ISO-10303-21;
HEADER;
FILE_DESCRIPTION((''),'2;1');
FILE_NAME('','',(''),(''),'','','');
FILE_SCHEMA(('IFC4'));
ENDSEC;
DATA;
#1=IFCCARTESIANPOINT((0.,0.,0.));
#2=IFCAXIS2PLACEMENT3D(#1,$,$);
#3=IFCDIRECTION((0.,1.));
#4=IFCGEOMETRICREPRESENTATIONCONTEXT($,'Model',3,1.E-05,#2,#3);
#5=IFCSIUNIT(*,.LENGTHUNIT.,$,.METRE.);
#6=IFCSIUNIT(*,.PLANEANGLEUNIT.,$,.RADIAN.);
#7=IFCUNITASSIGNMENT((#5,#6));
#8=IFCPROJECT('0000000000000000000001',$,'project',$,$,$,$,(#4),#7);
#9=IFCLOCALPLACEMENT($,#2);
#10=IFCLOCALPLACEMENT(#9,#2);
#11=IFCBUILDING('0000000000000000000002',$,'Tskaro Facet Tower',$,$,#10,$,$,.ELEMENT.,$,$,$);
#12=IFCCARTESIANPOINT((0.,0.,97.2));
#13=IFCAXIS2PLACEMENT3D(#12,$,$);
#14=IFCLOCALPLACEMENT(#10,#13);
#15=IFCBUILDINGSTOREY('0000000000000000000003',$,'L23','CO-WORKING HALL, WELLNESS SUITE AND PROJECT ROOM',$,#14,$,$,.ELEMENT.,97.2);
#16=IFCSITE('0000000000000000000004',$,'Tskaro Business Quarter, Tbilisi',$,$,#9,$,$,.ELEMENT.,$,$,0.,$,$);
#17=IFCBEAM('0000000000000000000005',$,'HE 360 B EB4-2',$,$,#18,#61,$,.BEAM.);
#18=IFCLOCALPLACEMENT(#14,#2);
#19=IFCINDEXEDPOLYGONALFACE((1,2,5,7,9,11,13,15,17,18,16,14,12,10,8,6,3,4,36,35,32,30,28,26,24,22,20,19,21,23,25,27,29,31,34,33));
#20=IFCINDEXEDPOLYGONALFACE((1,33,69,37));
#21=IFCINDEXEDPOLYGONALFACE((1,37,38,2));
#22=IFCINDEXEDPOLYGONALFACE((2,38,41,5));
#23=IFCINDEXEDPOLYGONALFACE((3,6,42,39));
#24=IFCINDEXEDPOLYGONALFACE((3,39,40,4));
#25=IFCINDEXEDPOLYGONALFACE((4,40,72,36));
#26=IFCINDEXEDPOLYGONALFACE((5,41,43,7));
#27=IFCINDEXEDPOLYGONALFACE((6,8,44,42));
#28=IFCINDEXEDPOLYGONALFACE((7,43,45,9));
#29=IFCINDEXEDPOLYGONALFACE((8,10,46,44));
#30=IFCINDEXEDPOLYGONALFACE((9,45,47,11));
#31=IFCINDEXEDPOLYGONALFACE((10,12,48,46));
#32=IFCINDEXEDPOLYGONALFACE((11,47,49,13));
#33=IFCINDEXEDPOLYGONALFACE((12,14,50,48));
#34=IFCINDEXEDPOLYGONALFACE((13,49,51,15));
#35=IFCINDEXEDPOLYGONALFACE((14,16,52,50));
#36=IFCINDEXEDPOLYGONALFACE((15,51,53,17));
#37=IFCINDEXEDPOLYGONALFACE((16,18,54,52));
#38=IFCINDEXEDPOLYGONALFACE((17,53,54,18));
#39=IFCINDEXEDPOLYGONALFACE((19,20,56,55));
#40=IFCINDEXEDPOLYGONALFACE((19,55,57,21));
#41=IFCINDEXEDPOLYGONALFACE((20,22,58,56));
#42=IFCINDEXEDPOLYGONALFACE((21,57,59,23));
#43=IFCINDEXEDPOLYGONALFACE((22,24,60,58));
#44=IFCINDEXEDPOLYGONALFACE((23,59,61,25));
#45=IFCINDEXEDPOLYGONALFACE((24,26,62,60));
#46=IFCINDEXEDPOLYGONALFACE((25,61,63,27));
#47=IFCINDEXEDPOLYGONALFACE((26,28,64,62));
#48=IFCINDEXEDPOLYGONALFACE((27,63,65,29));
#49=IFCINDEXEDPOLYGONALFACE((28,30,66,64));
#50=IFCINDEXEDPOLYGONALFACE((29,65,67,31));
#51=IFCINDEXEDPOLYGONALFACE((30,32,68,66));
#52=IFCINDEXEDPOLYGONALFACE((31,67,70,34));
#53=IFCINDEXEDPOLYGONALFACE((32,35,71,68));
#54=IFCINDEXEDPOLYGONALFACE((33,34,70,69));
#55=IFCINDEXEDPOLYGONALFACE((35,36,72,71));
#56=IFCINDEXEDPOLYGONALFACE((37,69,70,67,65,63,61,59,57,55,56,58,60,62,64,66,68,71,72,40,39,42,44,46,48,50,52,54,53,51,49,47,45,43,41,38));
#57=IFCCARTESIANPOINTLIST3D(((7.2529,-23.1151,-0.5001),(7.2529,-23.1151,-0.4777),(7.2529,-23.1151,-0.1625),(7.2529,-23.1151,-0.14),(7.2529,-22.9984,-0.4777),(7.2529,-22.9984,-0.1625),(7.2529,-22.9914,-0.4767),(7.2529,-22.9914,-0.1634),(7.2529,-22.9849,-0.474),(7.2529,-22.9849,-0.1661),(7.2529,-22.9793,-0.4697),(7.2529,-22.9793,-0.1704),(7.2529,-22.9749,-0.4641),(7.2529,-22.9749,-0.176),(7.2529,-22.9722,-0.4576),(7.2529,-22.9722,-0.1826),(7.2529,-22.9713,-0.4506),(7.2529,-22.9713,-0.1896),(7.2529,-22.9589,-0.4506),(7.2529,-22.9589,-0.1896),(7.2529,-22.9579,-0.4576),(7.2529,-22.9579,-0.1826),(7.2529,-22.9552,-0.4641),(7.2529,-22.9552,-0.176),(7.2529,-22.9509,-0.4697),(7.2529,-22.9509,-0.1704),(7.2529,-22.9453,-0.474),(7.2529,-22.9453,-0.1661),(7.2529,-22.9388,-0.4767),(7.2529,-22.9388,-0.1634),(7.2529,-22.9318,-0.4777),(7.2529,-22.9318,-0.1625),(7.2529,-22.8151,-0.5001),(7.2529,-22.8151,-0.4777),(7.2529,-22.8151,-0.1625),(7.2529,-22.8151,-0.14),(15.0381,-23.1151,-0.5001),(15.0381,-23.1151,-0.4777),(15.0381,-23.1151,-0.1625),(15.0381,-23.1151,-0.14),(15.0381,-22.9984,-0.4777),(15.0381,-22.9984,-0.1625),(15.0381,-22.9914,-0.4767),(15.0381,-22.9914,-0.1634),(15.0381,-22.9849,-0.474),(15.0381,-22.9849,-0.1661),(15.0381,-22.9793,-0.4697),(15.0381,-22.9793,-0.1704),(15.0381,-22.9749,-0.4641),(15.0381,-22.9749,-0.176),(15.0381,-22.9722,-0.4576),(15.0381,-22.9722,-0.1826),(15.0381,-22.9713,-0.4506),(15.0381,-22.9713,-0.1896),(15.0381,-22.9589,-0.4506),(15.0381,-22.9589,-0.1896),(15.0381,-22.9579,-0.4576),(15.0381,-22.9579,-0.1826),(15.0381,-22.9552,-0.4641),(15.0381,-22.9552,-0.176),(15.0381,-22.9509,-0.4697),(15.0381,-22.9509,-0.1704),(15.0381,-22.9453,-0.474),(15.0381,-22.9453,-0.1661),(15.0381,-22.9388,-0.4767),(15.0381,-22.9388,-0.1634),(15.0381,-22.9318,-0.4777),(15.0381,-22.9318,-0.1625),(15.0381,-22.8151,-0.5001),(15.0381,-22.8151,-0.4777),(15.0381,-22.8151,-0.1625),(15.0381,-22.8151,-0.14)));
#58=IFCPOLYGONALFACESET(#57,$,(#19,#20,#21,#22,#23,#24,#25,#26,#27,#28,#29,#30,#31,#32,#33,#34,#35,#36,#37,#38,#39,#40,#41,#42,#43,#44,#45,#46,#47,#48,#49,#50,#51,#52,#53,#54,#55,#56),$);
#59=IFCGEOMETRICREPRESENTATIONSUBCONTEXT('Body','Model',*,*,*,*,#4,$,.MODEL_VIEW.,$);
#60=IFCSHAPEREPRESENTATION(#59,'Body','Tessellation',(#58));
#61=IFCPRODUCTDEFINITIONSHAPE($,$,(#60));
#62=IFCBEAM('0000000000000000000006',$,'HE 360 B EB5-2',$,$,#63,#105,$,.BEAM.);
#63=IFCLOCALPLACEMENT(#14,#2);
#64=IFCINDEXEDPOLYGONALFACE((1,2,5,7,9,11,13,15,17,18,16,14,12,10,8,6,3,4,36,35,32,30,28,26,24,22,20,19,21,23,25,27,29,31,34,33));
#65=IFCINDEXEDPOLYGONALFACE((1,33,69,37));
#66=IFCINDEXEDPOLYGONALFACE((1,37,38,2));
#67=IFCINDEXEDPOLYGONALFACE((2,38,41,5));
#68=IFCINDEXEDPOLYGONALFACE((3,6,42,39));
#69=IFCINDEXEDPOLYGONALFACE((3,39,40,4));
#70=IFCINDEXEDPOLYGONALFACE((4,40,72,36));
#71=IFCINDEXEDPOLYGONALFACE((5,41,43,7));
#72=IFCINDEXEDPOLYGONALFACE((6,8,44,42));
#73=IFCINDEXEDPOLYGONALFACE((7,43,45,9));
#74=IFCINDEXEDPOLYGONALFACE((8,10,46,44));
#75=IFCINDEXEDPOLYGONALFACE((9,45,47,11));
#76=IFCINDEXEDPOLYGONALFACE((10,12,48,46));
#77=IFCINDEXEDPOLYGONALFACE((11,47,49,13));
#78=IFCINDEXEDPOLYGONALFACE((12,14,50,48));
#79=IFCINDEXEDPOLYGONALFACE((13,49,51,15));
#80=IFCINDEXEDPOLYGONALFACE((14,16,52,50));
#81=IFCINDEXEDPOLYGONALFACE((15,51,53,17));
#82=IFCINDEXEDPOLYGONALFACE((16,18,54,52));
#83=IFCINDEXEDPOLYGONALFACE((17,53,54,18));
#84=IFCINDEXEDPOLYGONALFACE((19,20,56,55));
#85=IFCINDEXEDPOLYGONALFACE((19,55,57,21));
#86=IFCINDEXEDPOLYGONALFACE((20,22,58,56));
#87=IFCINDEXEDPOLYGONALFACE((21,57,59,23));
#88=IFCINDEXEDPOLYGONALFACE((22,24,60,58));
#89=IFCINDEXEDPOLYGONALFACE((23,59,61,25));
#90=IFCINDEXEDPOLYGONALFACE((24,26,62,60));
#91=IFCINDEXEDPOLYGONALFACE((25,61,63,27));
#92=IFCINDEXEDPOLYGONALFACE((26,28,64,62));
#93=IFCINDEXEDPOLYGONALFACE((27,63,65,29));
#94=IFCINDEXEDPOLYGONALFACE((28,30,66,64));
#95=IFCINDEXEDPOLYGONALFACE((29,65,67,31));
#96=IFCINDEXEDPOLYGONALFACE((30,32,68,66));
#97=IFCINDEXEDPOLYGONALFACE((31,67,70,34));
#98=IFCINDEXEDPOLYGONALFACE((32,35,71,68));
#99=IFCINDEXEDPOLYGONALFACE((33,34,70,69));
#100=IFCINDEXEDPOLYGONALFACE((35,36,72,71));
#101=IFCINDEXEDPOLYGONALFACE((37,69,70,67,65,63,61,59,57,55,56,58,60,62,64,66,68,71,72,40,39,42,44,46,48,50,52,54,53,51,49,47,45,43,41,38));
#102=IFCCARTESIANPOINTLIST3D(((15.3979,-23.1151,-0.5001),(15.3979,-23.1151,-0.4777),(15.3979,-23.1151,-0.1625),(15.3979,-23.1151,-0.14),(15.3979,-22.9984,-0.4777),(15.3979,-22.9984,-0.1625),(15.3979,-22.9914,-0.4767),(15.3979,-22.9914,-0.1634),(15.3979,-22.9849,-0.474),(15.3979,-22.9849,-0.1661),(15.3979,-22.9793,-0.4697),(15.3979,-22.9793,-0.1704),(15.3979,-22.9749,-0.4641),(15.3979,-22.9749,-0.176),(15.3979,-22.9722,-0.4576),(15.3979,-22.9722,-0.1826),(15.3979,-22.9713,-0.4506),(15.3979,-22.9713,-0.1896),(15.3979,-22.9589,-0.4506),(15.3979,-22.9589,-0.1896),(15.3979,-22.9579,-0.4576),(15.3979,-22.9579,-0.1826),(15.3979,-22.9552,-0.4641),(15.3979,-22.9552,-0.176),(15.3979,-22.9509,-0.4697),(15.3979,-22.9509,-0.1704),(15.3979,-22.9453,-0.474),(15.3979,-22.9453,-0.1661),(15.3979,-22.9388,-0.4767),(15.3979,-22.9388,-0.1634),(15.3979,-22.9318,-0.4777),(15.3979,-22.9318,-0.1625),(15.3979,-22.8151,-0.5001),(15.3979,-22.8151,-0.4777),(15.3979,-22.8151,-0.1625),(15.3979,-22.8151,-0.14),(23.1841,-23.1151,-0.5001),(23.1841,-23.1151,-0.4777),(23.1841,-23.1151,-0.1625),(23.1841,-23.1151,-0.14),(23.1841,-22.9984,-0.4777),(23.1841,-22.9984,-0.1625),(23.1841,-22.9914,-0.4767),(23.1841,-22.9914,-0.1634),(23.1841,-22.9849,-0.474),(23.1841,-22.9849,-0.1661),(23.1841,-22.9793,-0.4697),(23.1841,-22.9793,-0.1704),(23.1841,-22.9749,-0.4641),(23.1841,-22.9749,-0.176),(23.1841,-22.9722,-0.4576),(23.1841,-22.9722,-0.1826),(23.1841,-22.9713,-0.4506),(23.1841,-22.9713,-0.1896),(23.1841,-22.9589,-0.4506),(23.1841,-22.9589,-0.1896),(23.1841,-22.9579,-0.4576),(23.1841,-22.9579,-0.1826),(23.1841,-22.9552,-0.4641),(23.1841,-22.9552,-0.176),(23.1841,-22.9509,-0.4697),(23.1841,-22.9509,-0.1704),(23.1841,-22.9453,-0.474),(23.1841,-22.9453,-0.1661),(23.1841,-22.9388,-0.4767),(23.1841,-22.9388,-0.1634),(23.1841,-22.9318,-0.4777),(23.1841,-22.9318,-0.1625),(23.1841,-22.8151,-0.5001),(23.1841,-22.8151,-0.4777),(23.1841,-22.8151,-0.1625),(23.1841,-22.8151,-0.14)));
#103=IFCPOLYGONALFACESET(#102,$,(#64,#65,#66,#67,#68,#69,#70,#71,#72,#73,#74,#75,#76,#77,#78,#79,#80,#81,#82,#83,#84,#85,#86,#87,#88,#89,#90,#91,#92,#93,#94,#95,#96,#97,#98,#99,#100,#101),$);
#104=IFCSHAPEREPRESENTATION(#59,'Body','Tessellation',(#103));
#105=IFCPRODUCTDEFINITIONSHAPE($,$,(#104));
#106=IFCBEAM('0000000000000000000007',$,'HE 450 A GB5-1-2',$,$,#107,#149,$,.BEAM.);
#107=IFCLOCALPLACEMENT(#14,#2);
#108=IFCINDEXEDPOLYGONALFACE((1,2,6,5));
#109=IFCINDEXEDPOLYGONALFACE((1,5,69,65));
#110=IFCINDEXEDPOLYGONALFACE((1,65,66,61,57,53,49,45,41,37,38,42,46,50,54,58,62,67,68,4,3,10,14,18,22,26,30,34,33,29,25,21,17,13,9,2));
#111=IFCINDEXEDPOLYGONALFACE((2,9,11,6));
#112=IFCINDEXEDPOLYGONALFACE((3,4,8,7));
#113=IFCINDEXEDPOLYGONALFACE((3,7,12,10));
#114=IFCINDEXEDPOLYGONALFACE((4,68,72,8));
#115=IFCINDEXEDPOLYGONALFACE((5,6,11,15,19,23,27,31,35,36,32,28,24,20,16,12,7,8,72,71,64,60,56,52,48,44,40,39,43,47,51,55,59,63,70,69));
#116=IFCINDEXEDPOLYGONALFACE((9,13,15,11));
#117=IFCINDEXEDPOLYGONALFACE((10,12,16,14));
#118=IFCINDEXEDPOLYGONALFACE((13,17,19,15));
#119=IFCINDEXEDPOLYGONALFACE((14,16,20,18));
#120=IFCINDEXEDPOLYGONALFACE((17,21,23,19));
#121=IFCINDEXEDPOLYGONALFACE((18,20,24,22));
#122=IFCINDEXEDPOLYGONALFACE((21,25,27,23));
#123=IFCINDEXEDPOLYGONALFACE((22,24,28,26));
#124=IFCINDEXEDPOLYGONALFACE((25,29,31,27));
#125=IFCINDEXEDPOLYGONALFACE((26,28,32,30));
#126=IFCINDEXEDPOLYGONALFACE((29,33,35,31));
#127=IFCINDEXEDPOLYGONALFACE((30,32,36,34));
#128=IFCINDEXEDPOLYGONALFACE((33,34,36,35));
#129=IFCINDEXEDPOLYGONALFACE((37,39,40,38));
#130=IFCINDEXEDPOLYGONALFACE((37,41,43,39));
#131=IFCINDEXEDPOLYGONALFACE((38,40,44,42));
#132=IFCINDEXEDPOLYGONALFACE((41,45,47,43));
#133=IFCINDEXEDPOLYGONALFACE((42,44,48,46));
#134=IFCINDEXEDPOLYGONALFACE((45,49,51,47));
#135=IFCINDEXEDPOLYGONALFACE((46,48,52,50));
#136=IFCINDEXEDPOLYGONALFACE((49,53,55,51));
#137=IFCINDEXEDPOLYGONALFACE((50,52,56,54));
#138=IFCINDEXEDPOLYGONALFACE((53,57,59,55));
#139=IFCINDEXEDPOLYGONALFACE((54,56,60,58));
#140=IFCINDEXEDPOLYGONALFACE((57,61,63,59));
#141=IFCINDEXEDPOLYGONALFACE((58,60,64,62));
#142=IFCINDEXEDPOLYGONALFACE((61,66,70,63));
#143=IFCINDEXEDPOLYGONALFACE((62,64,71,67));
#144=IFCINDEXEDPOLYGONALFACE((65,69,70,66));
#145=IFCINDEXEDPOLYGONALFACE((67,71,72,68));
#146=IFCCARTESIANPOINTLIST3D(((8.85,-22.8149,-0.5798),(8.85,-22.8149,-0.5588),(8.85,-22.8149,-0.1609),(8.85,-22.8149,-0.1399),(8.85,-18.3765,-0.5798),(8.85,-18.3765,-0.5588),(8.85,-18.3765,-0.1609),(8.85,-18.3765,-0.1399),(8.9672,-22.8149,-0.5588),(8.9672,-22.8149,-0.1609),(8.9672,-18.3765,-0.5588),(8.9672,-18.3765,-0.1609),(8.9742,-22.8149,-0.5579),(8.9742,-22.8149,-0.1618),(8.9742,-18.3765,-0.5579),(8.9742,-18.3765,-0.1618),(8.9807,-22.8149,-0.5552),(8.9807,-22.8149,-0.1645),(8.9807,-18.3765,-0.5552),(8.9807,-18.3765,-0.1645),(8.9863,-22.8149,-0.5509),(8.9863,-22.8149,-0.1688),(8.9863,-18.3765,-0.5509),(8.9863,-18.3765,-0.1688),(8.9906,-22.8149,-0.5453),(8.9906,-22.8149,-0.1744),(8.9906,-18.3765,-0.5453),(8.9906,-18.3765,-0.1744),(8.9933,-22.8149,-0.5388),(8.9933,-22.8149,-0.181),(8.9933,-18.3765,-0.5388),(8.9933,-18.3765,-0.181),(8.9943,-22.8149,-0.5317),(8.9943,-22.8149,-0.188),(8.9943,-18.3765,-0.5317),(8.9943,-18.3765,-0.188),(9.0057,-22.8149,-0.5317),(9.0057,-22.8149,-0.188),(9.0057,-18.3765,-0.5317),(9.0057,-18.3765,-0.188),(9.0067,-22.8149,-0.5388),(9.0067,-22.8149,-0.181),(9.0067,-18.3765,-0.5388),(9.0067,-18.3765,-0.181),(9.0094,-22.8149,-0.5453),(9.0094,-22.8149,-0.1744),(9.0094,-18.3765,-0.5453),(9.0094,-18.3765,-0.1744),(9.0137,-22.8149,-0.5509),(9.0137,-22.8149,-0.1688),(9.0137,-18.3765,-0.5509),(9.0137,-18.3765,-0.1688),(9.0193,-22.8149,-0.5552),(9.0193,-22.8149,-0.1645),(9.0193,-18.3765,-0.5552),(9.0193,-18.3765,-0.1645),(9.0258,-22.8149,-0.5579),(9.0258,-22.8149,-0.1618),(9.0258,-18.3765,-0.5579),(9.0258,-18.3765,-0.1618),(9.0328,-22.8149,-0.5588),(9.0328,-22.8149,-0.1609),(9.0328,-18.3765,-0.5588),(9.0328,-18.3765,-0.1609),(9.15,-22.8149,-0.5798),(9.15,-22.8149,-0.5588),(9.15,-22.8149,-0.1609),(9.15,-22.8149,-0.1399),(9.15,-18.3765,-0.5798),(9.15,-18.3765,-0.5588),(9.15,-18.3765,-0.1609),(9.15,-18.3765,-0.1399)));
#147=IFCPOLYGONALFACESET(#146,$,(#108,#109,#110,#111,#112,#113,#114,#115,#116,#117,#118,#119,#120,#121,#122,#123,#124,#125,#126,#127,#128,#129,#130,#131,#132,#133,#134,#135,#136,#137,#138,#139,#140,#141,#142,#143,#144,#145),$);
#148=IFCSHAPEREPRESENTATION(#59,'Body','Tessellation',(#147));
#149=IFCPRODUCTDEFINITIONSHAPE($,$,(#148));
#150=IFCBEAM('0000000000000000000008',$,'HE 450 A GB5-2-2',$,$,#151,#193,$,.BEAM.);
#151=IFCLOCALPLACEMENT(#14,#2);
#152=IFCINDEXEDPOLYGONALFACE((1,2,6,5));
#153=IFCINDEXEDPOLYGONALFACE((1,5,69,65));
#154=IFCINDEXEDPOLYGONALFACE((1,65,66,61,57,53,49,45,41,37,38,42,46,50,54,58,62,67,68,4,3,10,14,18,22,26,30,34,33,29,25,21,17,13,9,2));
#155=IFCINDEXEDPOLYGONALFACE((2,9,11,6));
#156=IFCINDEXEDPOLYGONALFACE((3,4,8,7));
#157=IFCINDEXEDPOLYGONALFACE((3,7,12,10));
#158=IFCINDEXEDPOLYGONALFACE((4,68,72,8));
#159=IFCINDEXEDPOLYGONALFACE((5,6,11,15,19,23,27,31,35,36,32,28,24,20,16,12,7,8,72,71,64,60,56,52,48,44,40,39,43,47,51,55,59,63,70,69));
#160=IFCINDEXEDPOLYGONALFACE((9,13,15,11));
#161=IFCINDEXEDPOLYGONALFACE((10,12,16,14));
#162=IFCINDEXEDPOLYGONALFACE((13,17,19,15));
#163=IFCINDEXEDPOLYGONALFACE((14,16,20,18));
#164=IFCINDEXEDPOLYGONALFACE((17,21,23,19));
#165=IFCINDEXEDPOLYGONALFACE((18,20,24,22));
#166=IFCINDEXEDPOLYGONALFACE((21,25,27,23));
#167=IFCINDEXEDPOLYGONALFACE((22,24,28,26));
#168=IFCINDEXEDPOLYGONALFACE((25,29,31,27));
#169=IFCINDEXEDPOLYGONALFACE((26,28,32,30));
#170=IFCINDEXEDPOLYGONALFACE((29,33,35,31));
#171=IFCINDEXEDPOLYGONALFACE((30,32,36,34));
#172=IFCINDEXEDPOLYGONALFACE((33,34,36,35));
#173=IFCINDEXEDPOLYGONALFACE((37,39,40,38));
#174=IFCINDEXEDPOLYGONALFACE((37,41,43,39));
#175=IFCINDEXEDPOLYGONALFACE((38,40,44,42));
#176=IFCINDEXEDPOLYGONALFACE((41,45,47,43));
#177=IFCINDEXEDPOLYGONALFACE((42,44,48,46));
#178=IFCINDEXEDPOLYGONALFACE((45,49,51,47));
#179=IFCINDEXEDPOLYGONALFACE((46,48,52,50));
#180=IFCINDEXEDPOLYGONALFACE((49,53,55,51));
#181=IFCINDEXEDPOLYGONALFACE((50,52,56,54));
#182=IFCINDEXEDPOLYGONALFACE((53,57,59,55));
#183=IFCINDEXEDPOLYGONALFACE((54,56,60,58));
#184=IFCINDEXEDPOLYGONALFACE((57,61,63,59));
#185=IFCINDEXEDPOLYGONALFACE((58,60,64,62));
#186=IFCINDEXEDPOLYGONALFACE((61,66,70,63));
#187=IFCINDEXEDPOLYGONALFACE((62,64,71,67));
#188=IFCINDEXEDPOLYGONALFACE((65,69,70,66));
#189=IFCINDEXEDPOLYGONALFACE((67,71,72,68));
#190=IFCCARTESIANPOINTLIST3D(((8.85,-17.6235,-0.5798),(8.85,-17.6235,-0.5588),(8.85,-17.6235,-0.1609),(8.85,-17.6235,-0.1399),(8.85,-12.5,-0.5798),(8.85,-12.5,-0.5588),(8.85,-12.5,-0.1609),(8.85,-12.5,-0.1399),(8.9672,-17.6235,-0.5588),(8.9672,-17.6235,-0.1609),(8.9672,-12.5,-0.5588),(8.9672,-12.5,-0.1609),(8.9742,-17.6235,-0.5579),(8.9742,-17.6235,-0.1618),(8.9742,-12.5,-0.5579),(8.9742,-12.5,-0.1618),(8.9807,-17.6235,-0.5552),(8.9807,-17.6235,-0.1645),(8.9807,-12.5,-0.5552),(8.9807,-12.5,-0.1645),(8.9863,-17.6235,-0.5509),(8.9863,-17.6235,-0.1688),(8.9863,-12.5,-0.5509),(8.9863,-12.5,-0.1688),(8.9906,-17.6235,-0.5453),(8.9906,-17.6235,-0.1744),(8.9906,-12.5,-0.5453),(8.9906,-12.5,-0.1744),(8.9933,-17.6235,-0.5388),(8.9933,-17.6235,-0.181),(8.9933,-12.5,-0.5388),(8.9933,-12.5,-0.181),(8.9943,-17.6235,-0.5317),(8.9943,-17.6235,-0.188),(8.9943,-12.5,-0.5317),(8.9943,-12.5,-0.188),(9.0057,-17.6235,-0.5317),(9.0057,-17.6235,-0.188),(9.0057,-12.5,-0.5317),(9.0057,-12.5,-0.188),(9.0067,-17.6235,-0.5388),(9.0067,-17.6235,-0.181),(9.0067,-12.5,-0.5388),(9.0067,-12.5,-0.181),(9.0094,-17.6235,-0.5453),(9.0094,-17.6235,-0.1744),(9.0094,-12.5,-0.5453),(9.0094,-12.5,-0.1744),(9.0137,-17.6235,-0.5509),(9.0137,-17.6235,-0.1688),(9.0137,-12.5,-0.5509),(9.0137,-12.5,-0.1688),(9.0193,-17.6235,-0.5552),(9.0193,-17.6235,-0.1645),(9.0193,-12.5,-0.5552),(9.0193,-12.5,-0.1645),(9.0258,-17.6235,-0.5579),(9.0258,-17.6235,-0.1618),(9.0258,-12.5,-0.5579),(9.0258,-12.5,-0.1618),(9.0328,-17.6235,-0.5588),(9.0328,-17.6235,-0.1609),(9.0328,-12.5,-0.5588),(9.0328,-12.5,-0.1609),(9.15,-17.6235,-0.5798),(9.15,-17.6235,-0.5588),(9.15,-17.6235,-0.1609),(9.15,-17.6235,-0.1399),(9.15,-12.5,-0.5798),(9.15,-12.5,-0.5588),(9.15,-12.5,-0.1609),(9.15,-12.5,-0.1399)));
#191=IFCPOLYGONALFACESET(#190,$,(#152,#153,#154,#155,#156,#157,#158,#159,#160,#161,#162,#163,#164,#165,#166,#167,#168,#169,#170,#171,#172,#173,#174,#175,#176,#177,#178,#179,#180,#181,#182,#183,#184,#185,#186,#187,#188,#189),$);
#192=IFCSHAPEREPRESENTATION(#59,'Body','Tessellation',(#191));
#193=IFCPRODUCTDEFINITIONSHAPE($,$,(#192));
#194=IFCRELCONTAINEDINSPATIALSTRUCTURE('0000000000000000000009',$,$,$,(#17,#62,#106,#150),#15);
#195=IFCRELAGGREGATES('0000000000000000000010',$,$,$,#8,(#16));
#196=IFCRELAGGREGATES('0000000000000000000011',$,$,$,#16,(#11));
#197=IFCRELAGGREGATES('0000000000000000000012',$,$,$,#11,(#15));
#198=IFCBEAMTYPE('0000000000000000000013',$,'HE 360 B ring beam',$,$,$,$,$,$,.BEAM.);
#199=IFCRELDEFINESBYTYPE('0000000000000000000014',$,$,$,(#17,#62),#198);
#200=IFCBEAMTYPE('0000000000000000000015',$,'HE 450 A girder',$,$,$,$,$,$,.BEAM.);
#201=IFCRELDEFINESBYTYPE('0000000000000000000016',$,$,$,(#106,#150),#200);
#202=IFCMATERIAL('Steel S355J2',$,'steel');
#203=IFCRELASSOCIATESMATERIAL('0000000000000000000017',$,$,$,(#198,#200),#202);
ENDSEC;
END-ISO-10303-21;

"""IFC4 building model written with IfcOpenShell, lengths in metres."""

from ifc_helpers import new_model, si_unit, direction, frame, origin, origin_2d, place, context, subcontext, project, spatial, i_section, extrude, material, material_profile, profile_set, type_object, element, save


model = new_model("IFC4")

# Units and contexts
model_context = context("Model", 3, precision=1e-05, world=origin(), true_north=direction((0.0, 1.0)))
body_context = subcontext(model_context, "Body", "Model", "MODEL_VIEW")
ifc_project = project(units=[si_unit("LENGTHUNIT", "METRE"), si_unit("PLANEANGLEUNIT", "RADIAN")], contexts=[model_context])

# Site, building, storey
site_placement = place(None, origin())
site = spatial("IfcSite", under=ifc_project, at=site_placement, Name="Tskaro Business Quarter, Tbilisi", CompositionType="ELEMENT", RefElevation=0.0)
building_placement = place(site_placement, origin())
building = spatial("IfcBuilding", under=site, at=building_placement, Name="Tskaro Facet Tower", CompositionType="ELEMENT")
storey_placement = place(building_placement, frame((0.0, 0.0, 97.2)))
storey = spatial("IfcBuildingStorey", under=building, at=storey_placement, Name="L23", Description="CO-WORKING HALL, WELLNESS SUITE AND PROJECT ROOM", CompositionType="ELEMENT", Elevation=97.2)

# Beams
ifc_material_1 = material(Name="Steel S355J2", Category="steel")
ifc_material_profile_1 = material_profile(ifc_material_1, i_section(OverallWidth=0.3, OverallDepth=0.3601, WebThickness=0.0125, FlangeThickness=0.0225, FilletRadius=0.0271, at=origin_2d()), Name="HE 360 B")
ifc_profile_set_1 = profile_set([ifc_material_profile_1], Name="Steel S355J2")
beam_type_1 = type_object("IfcBeamType", Name="HE 360 B ring beam", PredefinedType="BEAM", material=ifc_profile_set_1)
beam_1_placement = place(storey_placement, frame((7.2529, -22.9651, -0.3201), z_axis=(1.0, 0.0, 0.0), x_axis=(0.0, 1.0, 0.0)))
element("IfcBeam", 1, at=beam_1_placement, inside=storey, type_object=beam_type_1, Name="HE 360 B EB4-2", PredefinedType="BEAM", context=body_context, shape_type="SweptSolid", body=[
    extrude(i_section(OverallWidth=0.3, OverallDepth=0.3601, WebThickness=0.0125, FlangeThickness=0.0225, FilletRadius=0.0271, at=origin_2d()), origin(), (0.0, 0.0, 1.0), 7.7852),
])
beam_2_placement = place(storey_placement, frame((15.3979, -22.9651, -0.3201), z_axis=(1.0, 0.0, 0.0), x_axis=(0.0, 1.0, 0.0)))
element("IfcBeam", 2, at=beam_2_placement, inside=storey, type_object=beam_type_1, Name="HE 360 B EB5-2", PredefinedType="BEAM", context=body_context, shape_type="SweptSolid", body=[
    extrude(i_section(OverallWidth=0.3, OverallDepth=0.3601, WebThickness=0.0125, FlangeThickness=0.0225, FilletRadius=0.0271, at=origin_2d()), origin(), (0.0, 0.0, 1.0), 7.7861),
])
ifc_material_profile_2 = material_profile(ifc_material_1, i_section(OverallWidth=0.3, OverallDepth=0.4399, WebThickness=0.0115, FlangeThickness=0.021, FilletRadius=0.0271, at=origin_2d()), Name="HE 450 A")
ifc_profile_set_2 = profile_set([ifc_material_profile_2], Name="Steel S355J2")
beam_type_2 = type_object("IfcBeamType", Name="HE 450 A girder", PredefinedType="BEAM", material=ifc_profile_set_2)
beam_3_placement = place(storey_placement, frame((9.0, -22.8149, -0.3599), z_axis=(0.0, 1.0, 0.0), x_axis=(-1.0, 0.0, 0.0)))
element("IfcBeam", 3, at=beam_3_placement, inside=storey, type_object=beam_type_2, Name="HE 450 A GB5-1-2", PredefinedType="BEAM", context=body_context, shape_type="SweptSolid", body=[
    extrude(i_section(OverallWidth=0.3, OverallDepth=0.4399, WebThickness=0.0115, FlangeThickness=0.021, FilletRadius=0.0271, at=origin_2d()), origin(), (0.0, 0.0, 1.0), 4.4385),
])
beam_4_placement = place(storey_placement, frame((9.0, -17.6235, -0.3599), z_axis=(0.0, 1.0, 0.0), x_axis=(-1.0, 0.0, 0.0)))
element("IfcBeam", 4, at=beam_4_placement, inside=storey, type_object=beam_type_2, Name="HE 450 A GB5-2-2", PredefinedType="BEAM", context=body_context, shape_type="SweptSolid", body=[
    extrude(i_section(OverallWidth=0.3, OverallDepth=0.4399, WebThickness=0.0115, FlangeThickness=0.021, FilletRadius=0.0271, at=origin_2d()), origin(), (0.0, 0.0, 1.0), 5.1235),
])

save(model, "model.ifc")
